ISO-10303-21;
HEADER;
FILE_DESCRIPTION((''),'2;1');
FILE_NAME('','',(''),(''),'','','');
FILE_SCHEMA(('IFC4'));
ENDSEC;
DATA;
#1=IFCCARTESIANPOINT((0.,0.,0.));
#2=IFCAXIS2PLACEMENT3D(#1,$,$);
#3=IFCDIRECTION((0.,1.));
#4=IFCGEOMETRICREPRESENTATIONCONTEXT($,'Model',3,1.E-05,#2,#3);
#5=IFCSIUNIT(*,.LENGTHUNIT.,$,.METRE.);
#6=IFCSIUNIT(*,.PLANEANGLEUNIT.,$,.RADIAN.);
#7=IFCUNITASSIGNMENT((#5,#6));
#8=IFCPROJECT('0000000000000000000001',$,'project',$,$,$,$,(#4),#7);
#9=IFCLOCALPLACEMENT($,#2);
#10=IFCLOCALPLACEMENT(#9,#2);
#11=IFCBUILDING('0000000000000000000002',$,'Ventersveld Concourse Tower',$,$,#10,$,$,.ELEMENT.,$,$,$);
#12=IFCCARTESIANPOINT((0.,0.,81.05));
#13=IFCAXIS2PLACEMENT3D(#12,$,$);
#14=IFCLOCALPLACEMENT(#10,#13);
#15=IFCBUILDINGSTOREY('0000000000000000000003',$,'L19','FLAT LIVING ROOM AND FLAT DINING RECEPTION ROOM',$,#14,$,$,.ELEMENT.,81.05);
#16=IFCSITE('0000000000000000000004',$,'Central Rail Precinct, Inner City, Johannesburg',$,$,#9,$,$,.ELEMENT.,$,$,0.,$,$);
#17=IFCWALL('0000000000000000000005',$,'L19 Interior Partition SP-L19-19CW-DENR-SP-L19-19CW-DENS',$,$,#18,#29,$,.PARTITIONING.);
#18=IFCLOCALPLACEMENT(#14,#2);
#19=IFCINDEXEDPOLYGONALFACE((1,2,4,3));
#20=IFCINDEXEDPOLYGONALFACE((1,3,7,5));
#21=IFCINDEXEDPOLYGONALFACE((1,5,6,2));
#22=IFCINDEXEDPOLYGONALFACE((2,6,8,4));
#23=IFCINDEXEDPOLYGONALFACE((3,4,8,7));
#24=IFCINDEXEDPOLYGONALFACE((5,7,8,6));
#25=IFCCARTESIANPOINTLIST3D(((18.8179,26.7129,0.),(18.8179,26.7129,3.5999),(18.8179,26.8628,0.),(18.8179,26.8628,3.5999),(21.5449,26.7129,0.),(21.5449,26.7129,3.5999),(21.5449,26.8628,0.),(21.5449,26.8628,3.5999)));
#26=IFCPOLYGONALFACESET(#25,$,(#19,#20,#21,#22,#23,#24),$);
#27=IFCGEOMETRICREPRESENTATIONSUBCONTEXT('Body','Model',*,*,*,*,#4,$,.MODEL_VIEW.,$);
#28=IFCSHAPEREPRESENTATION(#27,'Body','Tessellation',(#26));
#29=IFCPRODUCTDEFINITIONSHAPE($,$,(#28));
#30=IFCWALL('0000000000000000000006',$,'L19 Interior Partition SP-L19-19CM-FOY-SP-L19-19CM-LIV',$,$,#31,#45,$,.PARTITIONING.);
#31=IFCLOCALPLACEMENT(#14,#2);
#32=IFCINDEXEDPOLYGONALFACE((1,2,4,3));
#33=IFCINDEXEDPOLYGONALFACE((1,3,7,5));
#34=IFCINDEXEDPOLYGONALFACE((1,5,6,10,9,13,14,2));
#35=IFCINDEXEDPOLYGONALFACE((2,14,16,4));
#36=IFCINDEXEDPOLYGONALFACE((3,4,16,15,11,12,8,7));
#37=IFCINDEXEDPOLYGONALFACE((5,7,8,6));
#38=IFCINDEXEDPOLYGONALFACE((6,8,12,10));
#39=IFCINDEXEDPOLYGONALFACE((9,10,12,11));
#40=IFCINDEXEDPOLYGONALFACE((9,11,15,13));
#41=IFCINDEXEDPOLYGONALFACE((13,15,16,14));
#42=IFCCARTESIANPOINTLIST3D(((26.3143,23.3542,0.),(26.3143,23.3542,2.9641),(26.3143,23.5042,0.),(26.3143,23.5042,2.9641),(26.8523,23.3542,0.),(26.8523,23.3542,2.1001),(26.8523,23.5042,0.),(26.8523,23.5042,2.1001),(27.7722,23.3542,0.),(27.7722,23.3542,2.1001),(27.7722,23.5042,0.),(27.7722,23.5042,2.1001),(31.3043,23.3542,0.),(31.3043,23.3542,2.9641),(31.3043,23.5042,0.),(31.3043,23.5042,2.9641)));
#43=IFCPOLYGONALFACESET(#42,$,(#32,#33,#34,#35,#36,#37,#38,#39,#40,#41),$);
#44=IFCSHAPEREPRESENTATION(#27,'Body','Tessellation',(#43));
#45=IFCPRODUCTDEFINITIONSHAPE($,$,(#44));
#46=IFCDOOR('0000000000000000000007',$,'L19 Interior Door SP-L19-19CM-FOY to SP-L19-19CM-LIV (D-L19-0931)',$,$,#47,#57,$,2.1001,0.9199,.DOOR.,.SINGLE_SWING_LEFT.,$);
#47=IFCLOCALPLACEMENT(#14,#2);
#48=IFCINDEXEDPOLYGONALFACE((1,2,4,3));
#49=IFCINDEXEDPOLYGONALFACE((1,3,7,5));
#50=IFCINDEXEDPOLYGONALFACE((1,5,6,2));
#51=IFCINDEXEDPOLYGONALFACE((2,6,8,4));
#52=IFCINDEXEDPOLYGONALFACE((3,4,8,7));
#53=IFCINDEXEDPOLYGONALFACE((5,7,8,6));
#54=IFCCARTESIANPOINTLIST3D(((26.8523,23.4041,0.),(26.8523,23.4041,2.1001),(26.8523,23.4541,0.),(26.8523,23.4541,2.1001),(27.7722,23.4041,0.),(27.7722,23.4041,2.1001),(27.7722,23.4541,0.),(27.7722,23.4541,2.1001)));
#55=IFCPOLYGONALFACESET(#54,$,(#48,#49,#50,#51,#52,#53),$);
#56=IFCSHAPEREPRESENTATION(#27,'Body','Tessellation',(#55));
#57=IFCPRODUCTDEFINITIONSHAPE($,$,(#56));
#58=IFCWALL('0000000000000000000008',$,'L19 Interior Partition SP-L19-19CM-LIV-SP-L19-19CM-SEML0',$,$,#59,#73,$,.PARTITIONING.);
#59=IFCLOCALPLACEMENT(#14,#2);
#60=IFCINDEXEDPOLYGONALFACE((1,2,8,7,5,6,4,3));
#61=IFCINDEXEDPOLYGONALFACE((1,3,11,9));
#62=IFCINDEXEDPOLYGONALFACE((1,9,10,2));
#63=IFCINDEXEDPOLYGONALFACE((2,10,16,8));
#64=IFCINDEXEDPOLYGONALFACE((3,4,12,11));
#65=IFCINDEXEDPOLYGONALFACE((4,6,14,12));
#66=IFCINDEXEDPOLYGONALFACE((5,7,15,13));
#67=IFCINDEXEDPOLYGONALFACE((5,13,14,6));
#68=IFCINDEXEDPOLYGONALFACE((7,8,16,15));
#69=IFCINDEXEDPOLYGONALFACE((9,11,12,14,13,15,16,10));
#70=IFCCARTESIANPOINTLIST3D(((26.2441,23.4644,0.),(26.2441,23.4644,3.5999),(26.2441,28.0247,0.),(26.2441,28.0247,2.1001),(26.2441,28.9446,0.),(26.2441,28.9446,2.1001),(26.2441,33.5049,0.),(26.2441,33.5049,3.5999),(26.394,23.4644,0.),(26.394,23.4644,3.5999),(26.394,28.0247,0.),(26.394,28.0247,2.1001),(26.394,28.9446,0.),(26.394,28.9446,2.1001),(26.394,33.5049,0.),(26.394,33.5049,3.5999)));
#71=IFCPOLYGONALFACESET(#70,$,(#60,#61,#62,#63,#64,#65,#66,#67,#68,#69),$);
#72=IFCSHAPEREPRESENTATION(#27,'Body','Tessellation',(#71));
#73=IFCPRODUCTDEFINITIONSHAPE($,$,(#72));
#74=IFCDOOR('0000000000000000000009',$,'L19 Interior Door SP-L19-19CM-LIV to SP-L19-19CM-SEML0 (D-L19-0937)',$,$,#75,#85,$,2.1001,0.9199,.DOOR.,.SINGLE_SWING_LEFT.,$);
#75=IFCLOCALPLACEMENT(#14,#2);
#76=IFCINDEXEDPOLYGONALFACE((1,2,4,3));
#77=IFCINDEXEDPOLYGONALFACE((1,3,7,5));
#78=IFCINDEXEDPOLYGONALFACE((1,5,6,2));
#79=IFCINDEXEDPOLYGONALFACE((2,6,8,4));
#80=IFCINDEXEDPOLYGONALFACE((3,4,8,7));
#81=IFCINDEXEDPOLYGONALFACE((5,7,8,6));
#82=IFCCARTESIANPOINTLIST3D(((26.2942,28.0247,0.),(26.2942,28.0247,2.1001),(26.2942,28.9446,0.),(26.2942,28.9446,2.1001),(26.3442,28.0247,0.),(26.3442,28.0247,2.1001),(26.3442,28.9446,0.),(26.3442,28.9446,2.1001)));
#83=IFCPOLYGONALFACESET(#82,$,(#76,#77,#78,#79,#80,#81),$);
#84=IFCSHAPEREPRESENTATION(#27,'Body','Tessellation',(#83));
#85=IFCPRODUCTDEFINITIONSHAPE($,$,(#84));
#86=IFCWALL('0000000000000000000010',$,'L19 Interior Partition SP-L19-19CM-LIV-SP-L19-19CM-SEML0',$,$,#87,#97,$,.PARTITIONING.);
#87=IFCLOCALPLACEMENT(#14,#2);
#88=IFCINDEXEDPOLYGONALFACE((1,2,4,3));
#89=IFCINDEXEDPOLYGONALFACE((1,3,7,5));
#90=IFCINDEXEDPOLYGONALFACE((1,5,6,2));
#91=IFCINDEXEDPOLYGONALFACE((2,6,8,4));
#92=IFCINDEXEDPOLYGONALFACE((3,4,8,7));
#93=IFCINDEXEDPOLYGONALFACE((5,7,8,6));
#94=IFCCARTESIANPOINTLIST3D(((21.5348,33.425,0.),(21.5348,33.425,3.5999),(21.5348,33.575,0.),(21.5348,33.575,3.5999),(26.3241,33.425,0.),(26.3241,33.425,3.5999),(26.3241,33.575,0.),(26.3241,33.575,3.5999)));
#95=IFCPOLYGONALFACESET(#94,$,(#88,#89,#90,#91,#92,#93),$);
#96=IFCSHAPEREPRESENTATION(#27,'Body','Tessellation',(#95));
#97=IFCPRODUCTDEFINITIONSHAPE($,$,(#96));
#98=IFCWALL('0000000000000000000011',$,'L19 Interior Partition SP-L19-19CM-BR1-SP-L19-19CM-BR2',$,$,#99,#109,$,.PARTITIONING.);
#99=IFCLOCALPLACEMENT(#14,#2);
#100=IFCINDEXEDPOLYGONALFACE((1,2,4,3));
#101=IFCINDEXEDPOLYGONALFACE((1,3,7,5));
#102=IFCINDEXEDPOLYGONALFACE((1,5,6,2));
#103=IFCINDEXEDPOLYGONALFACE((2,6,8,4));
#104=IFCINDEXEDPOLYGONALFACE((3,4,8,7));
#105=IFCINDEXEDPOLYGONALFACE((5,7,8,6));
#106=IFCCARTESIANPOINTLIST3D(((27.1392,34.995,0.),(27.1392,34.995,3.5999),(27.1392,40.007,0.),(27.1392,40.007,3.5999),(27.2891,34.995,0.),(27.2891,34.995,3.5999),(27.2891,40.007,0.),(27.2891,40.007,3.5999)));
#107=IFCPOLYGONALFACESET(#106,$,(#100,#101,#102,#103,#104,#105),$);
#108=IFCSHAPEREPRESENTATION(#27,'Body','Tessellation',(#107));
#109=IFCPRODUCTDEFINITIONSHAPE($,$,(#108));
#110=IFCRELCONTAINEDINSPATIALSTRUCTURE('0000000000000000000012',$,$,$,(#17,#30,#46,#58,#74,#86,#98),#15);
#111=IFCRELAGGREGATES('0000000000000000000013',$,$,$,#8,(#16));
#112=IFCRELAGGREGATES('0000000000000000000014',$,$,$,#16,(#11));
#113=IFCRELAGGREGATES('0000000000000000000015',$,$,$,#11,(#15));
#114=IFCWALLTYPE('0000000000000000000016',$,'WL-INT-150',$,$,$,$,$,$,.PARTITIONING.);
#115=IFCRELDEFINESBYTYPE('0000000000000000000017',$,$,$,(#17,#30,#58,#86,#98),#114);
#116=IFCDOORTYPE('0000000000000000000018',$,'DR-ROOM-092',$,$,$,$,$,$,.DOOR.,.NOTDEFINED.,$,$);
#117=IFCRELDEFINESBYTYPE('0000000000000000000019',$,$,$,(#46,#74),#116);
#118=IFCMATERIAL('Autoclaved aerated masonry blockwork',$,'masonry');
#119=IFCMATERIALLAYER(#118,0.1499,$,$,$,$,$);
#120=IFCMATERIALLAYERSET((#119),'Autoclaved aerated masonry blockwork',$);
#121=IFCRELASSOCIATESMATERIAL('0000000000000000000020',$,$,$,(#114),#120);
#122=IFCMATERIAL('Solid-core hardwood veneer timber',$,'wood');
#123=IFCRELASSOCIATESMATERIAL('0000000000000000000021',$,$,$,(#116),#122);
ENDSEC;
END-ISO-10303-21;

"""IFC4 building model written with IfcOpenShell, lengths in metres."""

from ifc_helpers import new_model, si_unit, direction, frame, frame_2d, origin, place, context, subcontext, project, spatial, rectangle, extrude, material, layer, layer_set, type_object, element, fill, save


model = new_model("IFC4")

# Units and contexts
model_context = context("Model", 3, precision=1e-05, world=origin(), true_north=direction((0.0, 1.0)))
body_context = subcontext(model_context, "Body", "Model", "MODEL_VIEW")
ifc_project = project(units=[si_unit("LENGTHUNIT", "METRE"), si_unit("PLANEANGLEUNIT", "RADIAN")], contexts=[model_context])

# Site, building, storey
site_placement = place(None, origin())
site = spatial("IfcSite", under=ifc_project, at=site_placement, Name="Central Rail Precinct, Inner City, Johannesburg", CompositionType="ELEMENT", RefElevation=0.0)
building_placement = place(site_placement, origin())
building = spatial("IfcBuilding", under=site, at=building_placement, Name="Ventersveld Concourse Tower", CompositionType="ELEMENT")
storey_placement = place(building_placement, frame((0.0, 0.0, 81.05)))
storey = spatial("IfcBuildingStorey", under=building, at=storey_placement, Name="L19", Description="FLAT LIVING ROOM AND FLAT DINING RECEPTION ROOM", CompositionType="ELEMENT", Elevation=81.05)

# Shared definitions
ifc_material_1 = material(Name="Autoclaved aerated masonry blockwork", Category="masonry")
ifc_layer_1 = layer(ifc_material_1, 0.1499)
ifc_layer_set_1 = layer_set([ifc_layer_1], Name="Autoclaved aerated masonry blockwork")
wall_type_1 = type_object("IfcWallType", Name="WL-INT-150", PredefinedType="PARTITIONING", material=ifc_layer_set_1)
ifc_material_2 = material(Name="Solid-core hardwood veneer timber", Category="wood")
door_type = type_object("IfcDoorType", Name="DR-ROOM-092", OperationType="NOTDEFINED", PredefinedType="DOOR", material=ifc_material_2)

# Wall
for number, where, z_axis, x_axis, name in (
    (1, (18.8179, 26.7878, 0.0), (0.0, 0.0, 1.0), (1.0, 0.0, 0.0), "L19 Interior Partition SP-L19-19CW-DENR-SP-L19-19CW-DENS"),
):
    element("IfcWall", number, at=place(storey_placement, frame(where, z_axis=z_axis, x_axis=x_axis)), inside=storey, type_object=wall_type_1, Name=name, PredefinedType="PARTITIONING", context=body_context, shape_type="SweptSolid", body=[
        extrude(rectangle(XDim=2.7271, YDim=0.1499, at=frame_2d((1.3635, 0.0))), origin(), (0.0, 0.0, 1.0), 3.5999),
    ])

# Walls, openings, doors
wall_1_placement = place(storey_placement, frame((26.3142, 23.4292, 0.0), z_axis=(0.0, 0.0, 1.0), x_axis=(1.0, 0.0, 0.0)))
wall_1 = element("IfcWall", 2, at=wall_1_placement, inside=storey, type_object=wall_type_1, Name="L19 Interior Partition SP-L19-19CM-FOY-SP-L19-19CM-LIV", PredefinedType="PARTITIONING", context=body_context, shape_type="SweptSolid", body=[
    extrude(rectangle(XDim=4.99, YDim=0.1499, at=frame_2d((2.4951, 0.0))), origin(), (0.0, 0.0, 1.0), 2.9641),
])
opening_1_placement = place(wall_1_placement, frame((0.5381, 0.0, 0.0)))
opening_1 = element("IfcOpeningElement", 3, at=opening_1_placement, cuts=wall_1, PredefinedType="OPENING", context=body_context, shape_type="SweptSolid", body=[
    extrude(rectangle(XDim=0.9199, YDim=2.1001, at=frame_2d((0.46, 1.05))), frame((0.0, 0.085, 0.0), z_axis=(0.0, -1.0, 0.0), x_axis=(1.0, 0.0, 0.0)), (0.0, 0.0, 1.0), 0.1699),
])
door_1_placement = place(opening_1_placement, origin())
door_1 = element("IfcDoor", 4, at=door_1_placement, inside=storey, type_object=door_type, Name="L19 Interior Door SP-L19-19CM-FOY to SP-L19-19CM-LIV (D-L19-0931)", OperationType="SINGLE_SWING_LEFT", OverallHeight=2.1001, OverallWidth=0.9199, PredefinedType="DOOR", context=body_context, shape_type="SweptSolid", body=[
    extrude(rectangle(XDim=0.9199, YDim=2.1001, at=frame_2d((0.46, 1.05))), frame((0.0, 0.0249, 0.0), z_axis=(0.0, -1.0, 0.0), x_axis=(1.0, 0.0, 0.0)), (0.0, 0.0, 1.0), 0.05),
])
fill(opening_1, door_1)
wall_2_placement = place(storey_placement, frame((26.3191, 23.4644, 0.0), z_axis=(0.0, 0.0, 1.0), x_axis=(0.0, 1.0, 0.0)))
wall_2 = element("IfcWall", 5, at=wall_2_placement, inside=storey, type_object=wall_type_1, Name="L19 Interior Partition SP-L19-19CM-LIV-SP-L19-19CM-SEML0", PredefinedType="PARTITIONING", context=body_context, shape_type="SweptSolid", body=[
    extrude(rectangle(XDim=10.0405, YDim=0.1499, at=frame_2d((5.0203, 0.0))), origin(), (0.0, 0.0, 1.0), 3.5999),
])
opening_2_placement = place(wall_2_placement, frame((4.5603, 0.0, 0.0)))
opening_2 = element("IfcOpeningElement", 6, at=opening_2_placement, cuts=wall_2, PredefinedType="OPENING", context=body_context, shape_type="SweptSolid", body=[
    extrude(rectangle(XDim=0.9199, YDim=2.1001, at=frame_2d((0.46, 1.05))), frame((0.0, 0.085, 0.0), z_axis=(0.0, -1.0, 0.0), x_axis=(1.0, 0.0, 0.0)), (0.0, 0.0, 1.0), 0.1699),
])
door_2_placement = place(opening_2_placement, origin())
door_2 = element("IfcDoor", 7, at=door_2_placement, inside=storey, type_object=door_type, Name="L19 Interior Door SP-L19-19CM-LIV to SP-L19-19CM-SEML0 (D-L19-0937)", OperationType="SINGLE_SWING_LEFT", OverallHeight=2.1001, OverallWidth=0.9199, PredefinedType="DOOR", context=body_context, shape_type="SweptSolid", body=[
    extrude(rectangle(XDim=0.9199, YDim=2.1001, at=frame_2d((0.46, 1.05))), frame((0.0, 0.0249, 0.0), z_axis=(0.0, -1.0, 0.0), x_axis=(1.0, 0.0, 0.0)), (0.0, 0.0, 1.0), 0.05),
])
fill(opening_2, door_2)

# Walls
wall_3_placement = place(storey_placement, frame((21.5349, 33.5, 0.0), z_axis=(0.0, 0.0, 1.0), x_axis=(1.0, 0.0, 0.0)))
element("IfcWall", 8, at=wall_3_placement, inside=storey, type_object=wall_type_1, Name="L19 Interior Partition SP-L19-19CM-LIV-SP-L19-19CM-SEML0", PredefinedType="PARTITIONING", context=body_context, shape_type="SweptSolid", body=[
    extrude(rectangle(XDim=4.7893, YDim=0.1499, at=frame_2d((2.3945, 0.0))), origin(), (0.0, 0.0, 1.0), 3.5999),
])
wall_4_placement = place(storey_placement, frame((27.2141, 34.9951, 0.0), z_axis=(0.0, 0.0, 1.0), x_axis=(0.0, 1.0, 0.0)))
element("IfcWall", 9, at=wall_4_placement, inside=storey, type_object=wall_type_1, Name="L19 Interior Partition SP-L19-19CM-BR1-SP-L19-19CM-BR2", PredefinedType="PARTITIONING", context=body_context, shape_type="SweptSolid", body=[
    extrude(rectangle(XDim=5.012, YDim=0.1499, at=frame_2d((2.5059, 0.0))), origin(), (0.0, 0.0, 1.0), 3.5999),
])

save(model, "model.ifc")
